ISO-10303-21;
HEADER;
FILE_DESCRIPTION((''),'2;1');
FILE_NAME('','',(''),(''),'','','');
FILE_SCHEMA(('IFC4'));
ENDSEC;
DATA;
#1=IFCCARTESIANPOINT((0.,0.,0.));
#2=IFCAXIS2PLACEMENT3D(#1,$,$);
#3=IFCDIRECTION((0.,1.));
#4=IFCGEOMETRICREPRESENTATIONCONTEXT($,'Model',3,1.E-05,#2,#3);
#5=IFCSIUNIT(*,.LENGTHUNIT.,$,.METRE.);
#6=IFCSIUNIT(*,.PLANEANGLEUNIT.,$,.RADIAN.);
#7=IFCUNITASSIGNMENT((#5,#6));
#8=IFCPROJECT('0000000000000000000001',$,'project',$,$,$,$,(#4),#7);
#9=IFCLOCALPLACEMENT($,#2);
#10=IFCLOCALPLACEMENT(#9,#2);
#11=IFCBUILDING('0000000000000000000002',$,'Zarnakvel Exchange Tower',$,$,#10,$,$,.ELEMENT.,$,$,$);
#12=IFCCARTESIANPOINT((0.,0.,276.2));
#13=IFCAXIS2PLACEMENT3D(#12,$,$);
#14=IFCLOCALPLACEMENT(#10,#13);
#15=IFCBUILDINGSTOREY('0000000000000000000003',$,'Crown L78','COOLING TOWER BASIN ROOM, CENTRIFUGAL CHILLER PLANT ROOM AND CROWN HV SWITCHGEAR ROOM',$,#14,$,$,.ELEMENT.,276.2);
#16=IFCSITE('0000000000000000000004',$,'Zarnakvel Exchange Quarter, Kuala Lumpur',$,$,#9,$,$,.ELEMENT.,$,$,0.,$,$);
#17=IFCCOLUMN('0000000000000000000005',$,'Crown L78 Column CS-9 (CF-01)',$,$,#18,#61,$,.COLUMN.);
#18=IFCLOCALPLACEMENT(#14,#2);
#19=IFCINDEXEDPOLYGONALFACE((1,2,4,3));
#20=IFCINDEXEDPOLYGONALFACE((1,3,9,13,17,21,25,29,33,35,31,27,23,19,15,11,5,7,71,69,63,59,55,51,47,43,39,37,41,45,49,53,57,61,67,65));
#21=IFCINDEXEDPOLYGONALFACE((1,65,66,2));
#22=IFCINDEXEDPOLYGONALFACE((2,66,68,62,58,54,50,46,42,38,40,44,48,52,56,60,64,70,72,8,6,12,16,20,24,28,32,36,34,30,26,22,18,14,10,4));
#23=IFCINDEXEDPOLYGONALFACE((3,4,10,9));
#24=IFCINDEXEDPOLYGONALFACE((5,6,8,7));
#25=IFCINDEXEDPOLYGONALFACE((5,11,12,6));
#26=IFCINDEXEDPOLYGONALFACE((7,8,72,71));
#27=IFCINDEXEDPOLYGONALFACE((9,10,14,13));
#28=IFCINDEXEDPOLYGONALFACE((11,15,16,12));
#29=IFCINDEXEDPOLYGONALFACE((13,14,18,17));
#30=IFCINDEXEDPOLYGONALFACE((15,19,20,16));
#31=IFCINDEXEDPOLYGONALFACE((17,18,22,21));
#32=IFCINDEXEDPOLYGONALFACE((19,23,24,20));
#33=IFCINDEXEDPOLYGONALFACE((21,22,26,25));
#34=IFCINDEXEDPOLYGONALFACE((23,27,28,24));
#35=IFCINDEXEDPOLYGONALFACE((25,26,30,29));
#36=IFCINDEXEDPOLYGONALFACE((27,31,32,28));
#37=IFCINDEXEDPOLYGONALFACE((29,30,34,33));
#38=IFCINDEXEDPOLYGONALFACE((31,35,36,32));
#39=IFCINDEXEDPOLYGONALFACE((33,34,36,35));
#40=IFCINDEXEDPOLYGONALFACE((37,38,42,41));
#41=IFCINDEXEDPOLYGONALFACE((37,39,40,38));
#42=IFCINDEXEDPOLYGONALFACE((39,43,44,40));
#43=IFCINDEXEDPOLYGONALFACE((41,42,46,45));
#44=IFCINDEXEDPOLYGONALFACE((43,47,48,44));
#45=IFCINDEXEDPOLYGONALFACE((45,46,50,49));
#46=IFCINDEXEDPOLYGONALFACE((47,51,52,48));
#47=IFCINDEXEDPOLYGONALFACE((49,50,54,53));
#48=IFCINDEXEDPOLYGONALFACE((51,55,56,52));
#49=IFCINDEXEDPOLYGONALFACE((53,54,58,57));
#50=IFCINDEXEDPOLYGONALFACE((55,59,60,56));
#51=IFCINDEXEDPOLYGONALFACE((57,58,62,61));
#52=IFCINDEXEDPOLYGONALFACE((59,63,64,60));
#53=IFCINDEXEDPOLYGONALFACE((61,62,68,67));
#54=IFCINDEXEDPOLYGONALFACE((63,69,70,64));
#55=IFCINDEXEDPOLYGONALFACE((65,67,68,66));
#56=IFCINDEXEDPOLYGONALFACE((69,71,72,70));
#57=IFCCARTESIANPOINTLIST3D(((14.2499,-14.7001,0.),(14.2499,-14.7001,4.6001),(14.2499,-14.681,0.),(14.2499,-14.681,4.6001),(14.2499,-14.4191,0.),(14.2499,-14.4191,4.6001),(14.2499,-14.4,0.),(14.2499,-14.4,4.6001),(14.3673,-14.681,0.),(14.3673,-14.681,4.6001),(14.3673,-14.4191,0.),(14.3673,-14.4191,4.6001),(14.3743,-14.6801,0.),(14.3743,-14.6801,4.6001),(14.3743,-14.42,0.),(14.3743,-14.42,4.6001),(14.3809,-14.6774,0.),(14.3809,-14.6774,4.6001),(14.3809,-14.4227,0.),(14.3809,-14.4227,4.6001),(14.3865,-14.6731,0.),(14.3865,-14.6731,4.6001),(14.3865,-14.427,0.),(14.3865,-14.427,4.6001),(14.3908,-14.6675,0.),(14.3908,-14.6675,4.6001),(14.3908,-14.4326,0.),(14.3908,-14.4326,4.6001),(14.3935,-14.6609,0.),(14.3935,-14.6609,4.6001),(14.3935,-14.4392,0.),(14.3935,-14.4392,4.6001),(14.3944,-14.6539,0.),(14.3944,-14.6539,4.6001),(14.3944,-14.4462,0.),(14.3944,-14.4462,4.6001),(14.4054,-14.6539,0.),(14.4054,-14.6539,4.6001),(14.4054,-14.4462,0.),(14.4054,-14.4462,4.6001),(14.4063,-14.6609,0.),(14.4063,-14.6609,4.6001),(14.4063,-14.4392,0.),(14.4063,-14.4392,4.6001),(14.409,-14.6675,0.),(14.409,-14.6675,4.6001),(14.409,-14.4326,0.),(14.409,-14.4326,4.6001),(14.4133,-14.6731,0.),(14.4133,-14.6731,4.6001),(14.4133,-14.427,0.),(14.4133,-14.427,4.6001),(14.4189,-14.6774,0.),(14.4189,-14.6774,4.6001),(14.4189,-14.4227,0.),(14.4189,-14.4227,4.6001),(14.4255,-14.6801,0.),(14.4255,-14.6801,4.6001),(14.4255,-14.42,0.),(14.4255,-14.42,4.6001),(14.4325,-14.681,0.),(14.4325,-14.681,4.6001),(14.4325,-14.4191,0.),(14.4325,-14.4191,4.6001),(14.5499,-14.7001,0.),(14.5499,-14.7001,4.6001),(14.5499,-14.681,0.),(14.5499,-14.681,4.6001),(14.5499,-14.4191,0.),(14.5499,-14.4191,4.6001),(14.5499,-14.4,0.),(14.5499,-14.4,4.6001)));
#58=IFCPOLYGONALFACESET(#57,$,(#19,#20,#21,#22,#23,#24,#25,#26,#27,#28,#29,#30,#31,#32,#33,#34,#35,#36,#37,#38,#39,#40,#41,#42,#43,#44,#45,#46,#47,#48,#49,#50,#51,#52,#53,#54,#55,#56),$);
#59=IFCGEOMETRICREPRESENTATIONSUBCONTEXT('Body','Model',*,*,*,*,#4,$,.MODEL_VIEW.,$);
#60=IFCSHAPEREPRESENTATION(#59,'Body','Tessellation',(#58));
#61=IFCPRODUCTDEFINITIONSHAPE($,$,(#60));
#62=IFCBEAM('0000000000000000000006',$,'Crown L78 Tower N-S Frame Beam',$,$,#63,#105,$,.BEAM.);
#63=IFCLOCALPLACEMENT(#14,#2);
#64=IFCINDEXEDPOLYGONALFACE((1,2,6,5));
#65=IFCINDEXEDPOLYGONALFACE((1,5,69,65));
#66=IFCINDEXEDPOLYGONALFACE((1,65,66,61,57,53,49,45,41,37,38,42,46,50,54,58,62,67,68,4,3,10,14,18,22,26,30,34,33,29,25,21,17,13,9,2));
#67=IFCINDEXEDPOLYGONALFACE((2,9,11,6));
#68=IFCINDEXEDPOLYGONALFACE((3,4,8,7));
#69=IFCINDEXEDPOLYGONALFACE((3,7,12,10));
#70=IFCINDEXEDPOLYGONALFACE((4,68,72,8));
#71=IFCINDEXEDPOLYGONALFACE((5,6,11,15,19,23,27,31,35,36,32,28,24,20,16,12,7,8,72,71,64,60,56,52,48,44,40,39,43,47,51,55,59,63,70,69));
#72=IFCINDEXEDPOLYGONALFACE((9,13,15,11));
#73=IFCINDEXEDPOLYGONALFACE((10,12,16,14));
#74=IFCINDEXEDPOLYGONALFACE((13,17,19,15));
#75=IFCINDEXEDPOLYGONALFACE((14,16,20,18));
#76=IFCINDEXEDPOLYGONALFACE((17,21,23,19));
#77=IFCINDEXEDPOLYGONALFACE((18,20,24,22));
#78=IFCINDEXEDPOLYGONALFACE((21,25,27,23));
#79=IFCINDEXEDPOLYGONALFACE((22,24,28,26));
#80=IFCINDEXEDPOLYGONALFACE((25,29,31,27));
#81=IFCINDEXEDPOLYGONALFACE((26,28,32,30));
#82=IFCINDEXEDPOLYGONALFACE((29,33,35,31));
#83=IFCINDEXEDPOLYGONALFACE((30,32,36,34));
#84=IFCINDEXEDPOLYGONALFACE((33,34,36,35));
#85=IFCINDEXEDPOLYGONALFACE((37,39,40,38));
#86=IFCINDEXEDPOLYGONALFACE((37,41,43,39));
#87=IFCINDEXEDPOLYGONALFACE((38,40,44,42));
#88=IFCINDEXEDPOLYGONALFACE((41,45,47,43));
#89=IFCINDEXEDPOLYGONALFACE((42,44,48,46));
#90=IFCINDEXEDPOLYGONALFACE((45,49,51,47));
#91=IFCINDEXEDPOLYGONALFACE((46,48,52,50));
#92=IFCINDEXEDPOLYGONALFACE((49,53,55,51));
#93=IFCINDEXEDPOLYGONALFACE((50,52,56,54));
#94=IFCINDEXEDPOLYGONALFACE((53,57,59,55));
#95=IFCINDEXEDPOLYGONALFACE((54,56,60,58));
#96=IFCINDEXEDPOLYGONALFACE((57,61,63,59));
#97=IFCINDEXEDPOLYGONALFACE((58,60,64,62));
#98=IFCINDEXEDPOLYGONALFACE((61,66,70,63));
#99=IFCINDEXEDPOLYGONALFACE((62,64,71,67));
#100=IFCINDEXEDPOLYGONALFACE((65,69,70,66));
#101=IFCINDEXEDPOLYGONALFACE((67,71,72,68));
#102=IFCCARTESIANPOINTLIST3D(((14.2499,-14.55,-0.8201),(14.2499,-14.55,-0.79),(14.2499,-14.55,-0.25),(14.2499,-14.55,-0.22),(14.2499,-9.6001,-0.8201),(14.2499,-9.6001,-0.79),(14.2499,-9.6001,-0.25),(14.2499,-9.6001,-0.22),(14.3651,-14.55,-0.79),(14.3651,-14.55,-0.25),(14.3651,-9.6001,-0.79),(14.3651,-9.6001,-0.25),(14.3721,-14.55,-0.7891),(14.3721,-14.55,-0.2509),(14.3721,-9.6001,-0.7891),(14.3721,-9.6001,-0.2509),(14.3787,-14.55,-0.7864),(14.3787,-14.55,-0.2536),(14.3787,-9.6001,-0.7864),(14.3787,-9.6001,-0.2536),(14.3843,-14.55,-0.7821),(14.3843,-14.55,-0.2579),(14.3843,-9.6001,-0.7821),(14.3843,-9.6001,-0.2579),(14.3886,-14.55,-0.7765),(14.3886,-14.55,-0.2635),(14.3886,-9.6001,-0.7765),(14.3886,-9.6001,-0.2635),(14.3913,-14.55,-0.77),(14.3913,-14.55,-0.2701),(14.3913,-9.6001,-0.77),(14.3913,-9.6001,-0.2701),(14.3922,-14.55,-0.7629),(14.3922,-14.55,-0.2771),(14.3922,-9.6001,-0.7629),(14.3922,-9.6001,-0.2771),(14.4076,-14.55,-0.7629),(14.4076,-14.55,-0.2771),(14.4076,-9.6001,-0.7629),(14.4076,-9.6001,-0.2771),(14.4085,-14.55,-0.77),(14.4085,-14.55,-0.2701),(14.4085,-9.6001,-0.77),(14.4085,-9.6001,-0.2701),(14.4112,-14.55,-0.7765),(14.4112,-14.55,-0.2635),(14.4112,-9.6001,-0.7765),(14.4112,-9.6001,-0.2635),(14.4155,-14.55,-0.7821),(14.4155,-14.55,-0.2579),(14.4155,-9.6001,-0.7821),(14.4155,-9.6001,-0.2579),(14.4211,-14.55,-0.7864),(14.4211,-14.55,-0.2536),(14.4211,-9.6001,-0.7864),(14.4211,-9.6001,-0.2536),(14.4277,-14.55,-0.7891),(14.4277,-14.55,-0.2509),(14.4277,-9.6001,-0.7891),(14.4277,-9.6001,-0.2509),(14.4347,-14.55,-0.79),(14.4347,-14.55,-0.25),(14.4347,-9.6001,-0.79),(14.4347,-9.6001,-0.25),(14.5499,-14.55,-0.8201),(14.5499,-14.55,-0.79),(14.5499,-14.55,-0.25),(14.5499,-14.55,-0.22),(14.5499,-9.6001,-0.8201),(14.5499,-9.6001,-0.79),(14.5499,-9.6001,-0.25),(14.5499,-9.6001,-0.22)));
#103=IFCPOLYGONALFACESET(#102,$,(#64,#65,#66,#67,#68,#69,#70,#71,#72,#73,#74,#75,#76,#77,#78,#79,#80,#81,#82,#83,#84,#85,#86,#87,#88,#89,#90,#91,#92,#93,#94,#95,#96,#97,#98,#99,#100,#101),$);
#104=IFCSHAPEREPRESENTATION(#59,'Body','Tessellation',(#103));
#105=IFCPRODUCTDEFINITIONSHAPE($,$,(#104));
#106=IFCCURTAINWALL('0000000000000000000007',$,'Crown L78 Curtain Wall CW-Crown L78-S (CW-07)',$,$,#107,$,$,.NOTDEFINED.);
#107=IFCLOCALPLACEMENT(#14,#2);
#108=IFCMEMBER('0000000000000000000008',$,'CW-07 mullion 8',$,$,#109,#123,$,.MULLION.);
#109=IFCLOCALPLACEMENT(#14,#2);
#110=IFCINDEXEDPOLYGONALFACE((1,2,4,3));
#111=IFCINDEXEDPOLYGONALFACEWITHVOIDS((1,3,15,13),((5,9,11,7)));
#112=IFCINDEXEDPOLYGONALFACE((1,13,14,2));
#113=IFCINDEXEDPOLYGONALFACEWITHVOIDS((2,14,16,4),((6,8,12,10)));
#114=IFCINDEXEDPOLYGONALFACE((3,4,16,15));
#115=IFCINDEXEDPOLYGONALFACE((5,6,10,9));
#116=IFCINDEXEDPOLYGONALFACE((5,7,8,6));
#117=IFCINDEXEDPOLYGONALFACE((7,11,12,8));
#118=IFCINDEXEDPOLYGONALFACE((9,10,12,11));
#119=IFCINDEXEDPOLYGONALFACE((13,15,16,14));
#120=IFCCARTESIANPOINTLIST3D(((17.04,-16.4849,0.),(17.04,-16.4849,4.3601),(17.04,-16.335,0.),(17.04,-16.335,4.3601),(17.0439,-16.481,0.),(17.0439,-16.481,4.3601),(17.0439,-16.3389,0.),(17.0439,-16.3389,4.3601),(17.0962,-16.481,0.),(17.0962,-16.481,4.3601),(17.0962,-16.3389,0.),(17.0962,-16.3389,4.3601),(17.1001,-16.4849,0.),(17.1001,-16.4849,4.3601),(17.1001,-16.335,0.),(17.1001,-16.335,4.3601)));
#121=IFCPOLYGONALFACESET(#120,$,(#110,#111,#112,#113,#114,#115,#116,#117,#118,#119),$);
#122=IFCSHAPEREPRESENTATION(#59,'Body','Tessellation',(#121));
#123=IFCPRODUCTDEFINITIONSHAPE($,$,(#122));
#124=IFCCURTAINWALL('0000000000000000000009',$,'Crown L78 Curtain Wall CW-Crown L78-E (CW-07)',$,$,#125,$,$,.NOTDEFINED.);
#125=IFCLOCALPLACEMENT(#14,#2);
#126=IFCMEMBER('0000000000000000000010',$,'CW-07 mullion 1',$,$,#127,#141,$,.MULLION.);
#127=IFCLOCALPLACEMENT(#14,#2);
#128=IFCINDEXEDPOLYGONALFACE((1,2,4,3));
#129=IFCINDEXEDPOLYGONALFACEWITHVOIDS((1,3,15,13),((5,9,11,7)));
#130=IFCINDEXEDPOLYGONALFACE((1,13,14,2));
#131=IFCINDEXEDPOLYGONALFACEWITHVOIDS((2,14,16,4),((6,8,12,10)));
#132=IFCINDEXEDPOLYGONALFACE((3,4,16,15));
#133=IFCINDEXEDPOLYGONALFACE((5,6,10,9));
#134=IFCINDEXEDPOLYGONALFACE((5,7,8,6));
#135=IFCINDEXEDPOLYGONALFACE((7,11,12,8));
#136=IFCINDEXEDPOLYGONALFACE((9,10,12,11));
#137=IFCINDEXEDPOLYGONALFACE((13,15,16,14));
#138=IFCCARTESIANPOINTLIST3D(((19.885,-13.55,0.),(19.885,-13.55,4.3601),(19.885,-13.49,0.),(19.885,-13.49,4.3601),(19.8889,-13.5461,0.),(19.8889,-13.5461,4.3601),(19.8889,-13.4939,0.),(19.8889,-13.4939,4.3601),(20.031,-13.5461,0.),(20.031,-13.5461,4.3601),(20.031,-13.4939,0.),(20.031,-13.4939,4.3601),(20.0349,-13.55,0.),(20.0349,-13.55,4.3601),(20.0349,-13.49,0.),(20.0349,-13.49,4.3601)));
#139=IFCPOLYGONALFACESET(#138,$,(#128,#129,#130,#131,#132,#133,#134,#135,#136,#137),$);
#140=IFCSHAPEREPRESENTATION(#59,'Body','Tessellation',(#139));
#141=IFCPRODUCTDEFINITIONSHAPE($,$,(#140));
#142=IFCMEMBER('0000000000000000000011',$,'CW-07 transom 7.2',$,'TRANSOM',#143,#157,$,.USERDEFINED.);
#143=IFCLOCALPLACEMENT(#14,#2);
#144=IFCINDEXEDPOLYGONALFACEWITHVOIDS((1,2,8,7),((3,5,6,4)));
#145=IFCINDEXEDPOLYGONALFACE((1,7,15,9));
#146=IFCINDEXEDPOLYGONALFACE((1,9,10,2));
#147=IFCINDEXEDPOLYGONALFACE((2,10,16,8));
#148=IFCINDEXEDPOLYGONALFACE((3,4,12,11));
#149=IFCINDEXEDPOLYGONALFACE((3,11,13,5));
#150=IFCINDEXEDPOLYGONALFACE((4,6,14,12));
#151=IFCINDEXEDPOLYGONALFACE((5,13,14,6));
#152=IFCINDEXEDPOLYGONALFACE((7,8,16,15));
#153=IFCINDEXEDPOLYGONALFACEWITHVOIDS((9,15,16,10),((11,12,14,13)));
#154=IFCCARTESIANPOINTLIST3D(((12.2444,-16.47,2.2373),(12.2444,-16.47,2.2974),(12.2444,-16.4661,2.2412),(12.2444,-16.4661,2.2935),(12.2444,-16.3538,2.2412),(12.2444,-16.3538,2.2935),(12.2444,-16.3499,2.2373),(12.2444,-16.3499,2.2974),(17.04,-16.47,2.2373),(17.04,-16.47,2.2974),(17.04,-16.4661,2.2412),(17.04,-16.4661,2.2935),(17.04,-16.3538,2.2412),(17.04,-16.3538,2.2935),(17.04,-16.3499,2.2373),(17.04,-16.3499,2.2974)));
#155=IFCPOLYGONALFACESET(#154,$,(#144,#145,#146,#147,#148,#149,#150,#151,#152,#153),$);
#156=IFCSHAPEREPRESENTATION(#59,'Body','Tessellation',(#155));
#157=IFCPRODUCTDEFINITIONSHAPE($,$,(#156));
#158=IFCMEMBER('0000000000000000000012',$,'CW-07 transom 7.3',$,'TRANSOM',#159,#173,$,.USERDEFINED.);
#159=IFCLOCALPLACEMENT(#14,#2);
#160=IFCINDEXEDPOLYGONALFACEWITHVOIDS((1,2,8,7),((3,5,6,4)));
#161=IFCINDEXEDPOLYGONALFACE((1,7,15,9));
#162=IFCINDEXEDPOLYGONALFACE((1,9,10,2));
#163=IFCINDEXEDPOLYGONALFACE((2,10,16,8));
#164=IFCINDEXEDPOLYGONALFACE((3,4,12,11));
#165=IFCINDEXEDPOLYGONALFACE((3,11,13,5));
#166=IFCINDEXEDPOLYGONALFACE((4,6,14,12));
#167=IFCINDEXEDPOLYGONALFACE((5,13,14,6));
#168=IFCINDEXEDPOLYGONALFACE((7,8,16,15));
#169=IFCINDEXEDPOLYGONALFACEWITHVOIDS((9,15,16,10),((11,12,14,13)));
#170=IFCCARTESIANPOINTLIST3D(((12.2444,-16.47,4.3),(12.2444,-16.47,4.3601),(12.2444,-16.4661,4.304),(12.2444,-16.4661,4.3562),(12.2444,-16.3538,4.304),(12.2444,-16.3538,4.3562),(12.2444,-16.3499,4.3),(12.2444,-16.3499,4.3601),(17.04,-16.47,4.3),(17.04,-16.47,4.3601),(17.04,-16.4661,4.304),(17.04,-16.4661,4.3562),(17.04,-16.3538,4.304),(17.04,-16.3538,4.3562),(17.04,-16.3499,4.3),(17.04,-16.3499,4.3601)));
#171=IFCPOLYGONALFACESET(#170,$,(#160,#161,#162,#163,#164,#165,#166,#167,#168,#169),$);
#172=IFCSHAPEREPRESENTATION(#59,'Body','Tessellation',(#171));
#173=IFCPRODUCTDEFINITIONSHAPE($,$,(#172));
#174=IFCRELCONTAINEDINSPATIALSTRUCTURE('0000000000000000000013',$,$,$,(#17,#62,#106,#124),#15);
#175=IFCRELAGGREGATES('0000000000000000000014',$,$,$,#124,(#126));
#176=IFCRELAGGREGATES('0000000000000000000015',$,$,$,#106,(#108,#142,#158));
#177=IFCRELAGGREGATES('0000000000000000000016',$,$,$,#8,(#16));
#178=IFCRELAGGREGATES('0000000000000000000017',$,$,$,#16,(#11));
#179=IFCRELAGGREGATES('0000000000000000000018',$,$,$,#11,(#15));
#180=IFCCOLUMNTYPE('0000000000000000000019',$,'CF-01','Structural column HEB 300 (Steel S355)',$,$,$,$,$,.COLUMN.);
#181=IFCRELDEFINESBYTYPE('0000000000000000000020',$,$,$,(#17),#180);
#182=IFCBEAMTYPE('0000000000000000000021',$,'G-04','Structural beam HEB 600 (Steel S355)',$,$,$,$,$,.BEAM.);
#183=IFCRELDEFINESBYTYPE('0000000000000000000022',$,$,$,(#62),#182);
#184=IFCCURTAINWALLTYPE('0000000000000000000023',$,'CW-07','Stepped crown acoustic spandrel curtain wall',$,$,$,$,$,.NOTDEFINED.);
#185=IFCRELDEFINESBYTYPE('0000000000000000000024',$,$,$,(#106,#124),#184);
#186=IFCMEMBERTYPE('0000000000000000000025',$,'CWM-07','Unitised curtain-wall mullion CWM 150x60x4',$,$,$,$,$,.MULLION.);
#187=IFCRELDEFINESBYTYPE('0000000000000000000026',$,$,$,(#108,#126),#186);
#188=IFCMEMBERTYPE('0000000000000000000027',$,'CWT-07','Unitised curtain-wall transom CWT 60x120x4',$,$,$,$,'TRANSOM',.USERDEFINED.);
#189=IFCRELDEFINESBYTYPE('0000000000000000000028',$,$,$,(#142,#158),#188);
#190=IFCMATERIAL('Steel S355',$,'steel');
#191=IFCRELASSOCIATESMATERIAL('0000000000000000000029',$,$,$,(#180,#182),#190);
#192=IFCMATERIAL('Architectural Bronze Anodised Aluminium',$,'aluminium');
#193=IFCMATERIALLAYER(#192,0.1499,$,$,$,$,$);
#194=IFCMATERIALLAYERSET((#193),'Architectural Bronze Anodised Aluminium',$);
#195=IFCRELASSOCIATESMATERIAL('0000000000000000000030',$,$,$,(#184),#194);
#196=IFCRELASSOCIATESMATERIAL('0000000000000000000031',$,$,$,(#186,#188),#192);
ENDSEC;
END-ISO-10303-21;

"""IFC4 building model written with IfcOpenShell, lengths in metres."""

from ifc_helpers import new_model, si_unit, direction, frame, origin, origin_2d, place, context, subcontext, project, spatial, hollow_rectangle, i_section, extrude, source, transform, mapped, material, layer, layer_set, material_profile, profile_set, type_object, element, aggregate, save


model = new_model("IFC4")

# Units and contexts
model_context = context("Model", 3, precision=1e-05, world=origin(), true_north=direction((0.0, 1.0)))
body_context = subcontext(model_context, "Body", "Model", "MODEL_VIEW")
ifc_project = project(units=[si_unit("LENGTHUNIT", "METRE"), si_unit("PLANEANGLEUNIT", "RADIAN")], contexts=[model_context])

# Site, building, storey
site_placement = place(None, origin())
site = spatial("IfcSite", under=ifc_project, at=site_placement, Name="Zarnakvel Exchange Quarter, Kuala Lumpur", CompositionType="ELEMENT", RefElevation=0.0)
building_placement = place(site_placement, origin())
building = spatial("IfcBuilding", under=site, at=building_placement, Name="Zarnakvel Exchange Tower", CompositionType="ELEMENT")
storey_placement = place(building_placement, frame((0.0, 0.0, 276.2)))
storey = spatial("IfcBuildingStorey", under=building, at=storey_placement, Name="Crown L78", Description="COOLING TOWER BASIN ROOM, CENTRIFUGAL CHILLER PLANT ROOM AND CROWN HV SWITCHGEAR ROOM", CompositionType="ELEMENT", Elevation=276.2)

# Column
ifc_material_1 = material(Name="Steel S355", Category="steel")
ifc_material_profile_1 = material_profile(ifc_material_1, i_section(OverallWidth=0.3, OverallDepth=0.3, WebThickness=0.011, FlangeThickness=0.019, FilletRadius=0.0271, at=origin_2d()))
ifc_profile_set_1 = profile_set([ifc_material_profile_1], Name="Steel S355")
column_type = type_object("IfcColumnType", Name="CF-01", Description="Structural column HEB 300 (Steel S355)", PredefinedType="COLUMN", material=ifc_profile_set_1)
column_placement = place(storey_placement, frame((14.3999, -14.55, 0.0), z_axis=(0.0, 0.0, 1.0), x_axis=(1.0, 0.0, 0.0)))
element("IfcColumn", 1, at=column_placement, inside=storey, type_object=column_type, Name="Crown L78 Column CS-9 (CF-01)", PredefinedType="COLUMN", context=body_context, shape_type="SweptSolid", body=[
    extrude(i_section(OverallWidth=0.3, OverallDepth=0.3, WebThickness=0.011, FlangeThickness=0.019, FilletRadius=0.0271, at=origin_2d()), origin(), (0.0, 0.0, 1.0), 4.6001),
])

# Beam
ifc_material_profile_2 = material_profile(ifc_material_1, i_section(OverallWidth=0.3, OverallDepth=0.6001, WebThickness=0.0154, FlangeThickness=0.03, FilletRadius=0.0271, at=origin_2d()))
ifc_profile_set_2 = profile_set([ifc_material_profile_2], Name="Steel S355")
beam_type = type_object("IfcBeamType", Name="G-04", Description="Structural beam HEB 600 (Steel S355)", PredefinedType="BEAM", material=ifc_profile_set_2)
beam_placement = place(storey_placement, frame((14.3999, -14.55, -0.52), z_axis=(0.0, 1.0, 0.0), x_axis=(-1.0, 0.0, 0.0)))
element("IfcBeam", 2, at=beam_placement, inside=storey, type_object=beam_type, Name="Crown L78 Tower N-S Frame Beam", PredefinedType="BEAM", context=body_context, shape_type="SweptSolid", body=[
    extrude(i_section(OverallWidth=0.3, OverallDepth=0.6001, WebThickness=0.0154, FlangeThickness=0.03, FilletRadius=0.0271, at=origin_2d()), origin(), (0.0, 0.0, 1.0), 4.95),
])

# Curtain walls, members
ifc_material_2 = material(Name="Architectural Bronze Anodised Aluminium", Category="aluminium")
ifc_layer_1 = layer(ifc_material_2, 0.1499)
ifc_layer_set_1 = layer_set([ifc_layer_1], Name="Architectural Bronze Anodised Aluminium")
curtain_wall_type = type_object("IfcCurtainWallType", Name="CW-07", Description="Stepped crown acoustic spandrel curtain wall", PredefinedType="NOTDEFINED", material=ifc_layer_set_1)
curtain_wall_1_placement = place(storey_placement, origin())
curtain_wall_1 = element("IfcCurtainWall", 3, at=curtain_wall_1_placement, inside=storey, type_object=curtain_wall_type, Name="Crown L78 Curtain Wall CW-Crown L78-S (CW-07)", PredefinedType="NOTDEFINED")
ifc_material_profile_3 = material_profile(ifc_material_2, hollow_rectangle(XDim=0.1499, YDim=0.0601, WallThickness=0.0039, at=origin_2d()))
ifc_profile_set_3 = profile_set([ifc_material_profile_3], Name="Architectural Bronze Anodised Aluminium")
member_type_1 = type_object("IfcMemberType", Name="CWM-07", Description="Unitised curtain-wall mullion CWM 150x60x4", PredefinedType="MULLION", material=ifc_profile_set_3)
shared_shape_1 = source(origin(), body_context, "Body", "SweptSolid", [
    extrude(hollow_rectangle(XDim=0.1499, YDim=0.0601, WallThickness=0.0039, at=origin_2d()), origin(), (0.0, 0.0, 1.0), 4.3601),
])
member_1_placement = place(storey_placement, frame((17.0701, -16.4099, 0.0), z_axis=(0.0, 0.0, 1.0), x_axis=(0.0, 1.0, 0.0)))
member_1 = element("IfcMember", 4, at=member_1_placement, type_object=member_type_1, Name="CW-07 mullion 8", PredefinedType="MULLION", context=body_context, shape_type="MappedRepresentation", body=[
    mapped(shared_shape_1, transform((0.0, 0.0, 0.0), x_axis=(1.0, 0.0, 0.0), y_axis=(0.0, 1.0, 0.0), z_axis=(0.0, 0.0, 1.0), scale=1.0)),
])
curtain_wall_2_placement = place(storey_placement, origin())
curtain_wall_2 = element("IfcCurtainWall", 5, at=curtain_wall_2_placement, inside=storey, type_object=curtain_wall_type, Name="Crown L78 Curtain Wall CW-Crown L78-E (CW-07)", PredefinedType="NOTDEFINED")
member_2_placement = place(storey_placement, frame((19.96, -13.52, 0.0), z_axis=(0.0, 0.0, 1.0), x_axis=(-1.0, 0.0, 0.0)))
member_2 = element("IfcMember", 6, at=member_2_placement, type_object=member_type_1, Name="CW-07 mullion 1", PredefinedType="MULLION", context=body_context, shape_type="MappedRepresentation", body=[
    mapped(shared_shape_1, transform((0.0, 0.0, 0.0), x_axis=(1.0, 0.0, 0.0), y_axis=(0.0, 1.0, 0.0), z_axis=(0.0, 0.0, 1.0), scale=1.0)),
])

# Members
ifc_material_profile_4 = material_profile(ifc_material_2, hollow_rectangle(XDim=0.1201, YDim=0.0601, WallThickness=0.0039, at=origin_2d()))
ifc_profile_set_4 = profile_set([ifc_material_profile_4], Name="Architectural Bronze Anodised Aluminium")
member_type_2 = type_object("IfcMemberType", Name="CWT-07", Description="Unitised curtain-wall transom CWT 60x120x4", ElementType="TRANSOM", PredefinedType="USERDEFINED", material=ifc_profile_set_4)
shared_shape_2 = source(origin(), body_context, "Body", "SweptSolid", [
    extrude(hollow_rectangle(XDim=0.1201, YDim=0.0601, WallThickness=0.0039, at=origin_2d()), origin(), (0.0, 0.0, 1.0), 4.7957),
])
member_3_placement = place(storey_placement, frame((12.2444, -16.4099, 2.2673), z_axis=(1.0, 0.0, 0.0), x_axis=(0.0, 1.0, 0.0)))
member_3 = element("IfcMember", 7, at=member_3_placement, type_object=member_type_2, Name="CW-07 transom 7.2", ObjectType="TRANSOM", PredefinedType="USERDEFINED", context=body_context, shape_type="MappedRepresentation", body=[
    mapped(shared_shape_2, transform((0.0, 0.0, 0.0), x_axis=(1.0, 0.0, 0.0), y_axis=(0.0, 1.0, 0.0), z_axis=(0.0, 0.0, 1.0), scale=1.0)),
])
member_4_placement = place(storey_placement, frame((12.2444, -16.4099, 4.3301), z_axis=(1.0, 0.0, 0.0), x_axis=(0.0, 1.0, 0.0)))
member_4 = element("IfcMember", 8, at=member_4_placement, type_object=member_type_2, Name="CW-07 transom 7.3", ObjectType="TRANSOM", PredefinedType="USERDEFINED", context=body_context, shape_type="MappedRepresentation", body=[
    mapped(shared_shape_2, transform((0.0, 0.0, 0.0), x_axis=(1.0, 0.0, 0.0), y_axis=(0.0, 1.0, 0.0), z_axis=(0.0, 0.0, 1.0), scale=1.0)),
])
aggregate(curtain_wall_2, [member_2])

aggregate(curtain_wall_1, [member_1, member_3, member_4])

save(model, "model.ifc")
